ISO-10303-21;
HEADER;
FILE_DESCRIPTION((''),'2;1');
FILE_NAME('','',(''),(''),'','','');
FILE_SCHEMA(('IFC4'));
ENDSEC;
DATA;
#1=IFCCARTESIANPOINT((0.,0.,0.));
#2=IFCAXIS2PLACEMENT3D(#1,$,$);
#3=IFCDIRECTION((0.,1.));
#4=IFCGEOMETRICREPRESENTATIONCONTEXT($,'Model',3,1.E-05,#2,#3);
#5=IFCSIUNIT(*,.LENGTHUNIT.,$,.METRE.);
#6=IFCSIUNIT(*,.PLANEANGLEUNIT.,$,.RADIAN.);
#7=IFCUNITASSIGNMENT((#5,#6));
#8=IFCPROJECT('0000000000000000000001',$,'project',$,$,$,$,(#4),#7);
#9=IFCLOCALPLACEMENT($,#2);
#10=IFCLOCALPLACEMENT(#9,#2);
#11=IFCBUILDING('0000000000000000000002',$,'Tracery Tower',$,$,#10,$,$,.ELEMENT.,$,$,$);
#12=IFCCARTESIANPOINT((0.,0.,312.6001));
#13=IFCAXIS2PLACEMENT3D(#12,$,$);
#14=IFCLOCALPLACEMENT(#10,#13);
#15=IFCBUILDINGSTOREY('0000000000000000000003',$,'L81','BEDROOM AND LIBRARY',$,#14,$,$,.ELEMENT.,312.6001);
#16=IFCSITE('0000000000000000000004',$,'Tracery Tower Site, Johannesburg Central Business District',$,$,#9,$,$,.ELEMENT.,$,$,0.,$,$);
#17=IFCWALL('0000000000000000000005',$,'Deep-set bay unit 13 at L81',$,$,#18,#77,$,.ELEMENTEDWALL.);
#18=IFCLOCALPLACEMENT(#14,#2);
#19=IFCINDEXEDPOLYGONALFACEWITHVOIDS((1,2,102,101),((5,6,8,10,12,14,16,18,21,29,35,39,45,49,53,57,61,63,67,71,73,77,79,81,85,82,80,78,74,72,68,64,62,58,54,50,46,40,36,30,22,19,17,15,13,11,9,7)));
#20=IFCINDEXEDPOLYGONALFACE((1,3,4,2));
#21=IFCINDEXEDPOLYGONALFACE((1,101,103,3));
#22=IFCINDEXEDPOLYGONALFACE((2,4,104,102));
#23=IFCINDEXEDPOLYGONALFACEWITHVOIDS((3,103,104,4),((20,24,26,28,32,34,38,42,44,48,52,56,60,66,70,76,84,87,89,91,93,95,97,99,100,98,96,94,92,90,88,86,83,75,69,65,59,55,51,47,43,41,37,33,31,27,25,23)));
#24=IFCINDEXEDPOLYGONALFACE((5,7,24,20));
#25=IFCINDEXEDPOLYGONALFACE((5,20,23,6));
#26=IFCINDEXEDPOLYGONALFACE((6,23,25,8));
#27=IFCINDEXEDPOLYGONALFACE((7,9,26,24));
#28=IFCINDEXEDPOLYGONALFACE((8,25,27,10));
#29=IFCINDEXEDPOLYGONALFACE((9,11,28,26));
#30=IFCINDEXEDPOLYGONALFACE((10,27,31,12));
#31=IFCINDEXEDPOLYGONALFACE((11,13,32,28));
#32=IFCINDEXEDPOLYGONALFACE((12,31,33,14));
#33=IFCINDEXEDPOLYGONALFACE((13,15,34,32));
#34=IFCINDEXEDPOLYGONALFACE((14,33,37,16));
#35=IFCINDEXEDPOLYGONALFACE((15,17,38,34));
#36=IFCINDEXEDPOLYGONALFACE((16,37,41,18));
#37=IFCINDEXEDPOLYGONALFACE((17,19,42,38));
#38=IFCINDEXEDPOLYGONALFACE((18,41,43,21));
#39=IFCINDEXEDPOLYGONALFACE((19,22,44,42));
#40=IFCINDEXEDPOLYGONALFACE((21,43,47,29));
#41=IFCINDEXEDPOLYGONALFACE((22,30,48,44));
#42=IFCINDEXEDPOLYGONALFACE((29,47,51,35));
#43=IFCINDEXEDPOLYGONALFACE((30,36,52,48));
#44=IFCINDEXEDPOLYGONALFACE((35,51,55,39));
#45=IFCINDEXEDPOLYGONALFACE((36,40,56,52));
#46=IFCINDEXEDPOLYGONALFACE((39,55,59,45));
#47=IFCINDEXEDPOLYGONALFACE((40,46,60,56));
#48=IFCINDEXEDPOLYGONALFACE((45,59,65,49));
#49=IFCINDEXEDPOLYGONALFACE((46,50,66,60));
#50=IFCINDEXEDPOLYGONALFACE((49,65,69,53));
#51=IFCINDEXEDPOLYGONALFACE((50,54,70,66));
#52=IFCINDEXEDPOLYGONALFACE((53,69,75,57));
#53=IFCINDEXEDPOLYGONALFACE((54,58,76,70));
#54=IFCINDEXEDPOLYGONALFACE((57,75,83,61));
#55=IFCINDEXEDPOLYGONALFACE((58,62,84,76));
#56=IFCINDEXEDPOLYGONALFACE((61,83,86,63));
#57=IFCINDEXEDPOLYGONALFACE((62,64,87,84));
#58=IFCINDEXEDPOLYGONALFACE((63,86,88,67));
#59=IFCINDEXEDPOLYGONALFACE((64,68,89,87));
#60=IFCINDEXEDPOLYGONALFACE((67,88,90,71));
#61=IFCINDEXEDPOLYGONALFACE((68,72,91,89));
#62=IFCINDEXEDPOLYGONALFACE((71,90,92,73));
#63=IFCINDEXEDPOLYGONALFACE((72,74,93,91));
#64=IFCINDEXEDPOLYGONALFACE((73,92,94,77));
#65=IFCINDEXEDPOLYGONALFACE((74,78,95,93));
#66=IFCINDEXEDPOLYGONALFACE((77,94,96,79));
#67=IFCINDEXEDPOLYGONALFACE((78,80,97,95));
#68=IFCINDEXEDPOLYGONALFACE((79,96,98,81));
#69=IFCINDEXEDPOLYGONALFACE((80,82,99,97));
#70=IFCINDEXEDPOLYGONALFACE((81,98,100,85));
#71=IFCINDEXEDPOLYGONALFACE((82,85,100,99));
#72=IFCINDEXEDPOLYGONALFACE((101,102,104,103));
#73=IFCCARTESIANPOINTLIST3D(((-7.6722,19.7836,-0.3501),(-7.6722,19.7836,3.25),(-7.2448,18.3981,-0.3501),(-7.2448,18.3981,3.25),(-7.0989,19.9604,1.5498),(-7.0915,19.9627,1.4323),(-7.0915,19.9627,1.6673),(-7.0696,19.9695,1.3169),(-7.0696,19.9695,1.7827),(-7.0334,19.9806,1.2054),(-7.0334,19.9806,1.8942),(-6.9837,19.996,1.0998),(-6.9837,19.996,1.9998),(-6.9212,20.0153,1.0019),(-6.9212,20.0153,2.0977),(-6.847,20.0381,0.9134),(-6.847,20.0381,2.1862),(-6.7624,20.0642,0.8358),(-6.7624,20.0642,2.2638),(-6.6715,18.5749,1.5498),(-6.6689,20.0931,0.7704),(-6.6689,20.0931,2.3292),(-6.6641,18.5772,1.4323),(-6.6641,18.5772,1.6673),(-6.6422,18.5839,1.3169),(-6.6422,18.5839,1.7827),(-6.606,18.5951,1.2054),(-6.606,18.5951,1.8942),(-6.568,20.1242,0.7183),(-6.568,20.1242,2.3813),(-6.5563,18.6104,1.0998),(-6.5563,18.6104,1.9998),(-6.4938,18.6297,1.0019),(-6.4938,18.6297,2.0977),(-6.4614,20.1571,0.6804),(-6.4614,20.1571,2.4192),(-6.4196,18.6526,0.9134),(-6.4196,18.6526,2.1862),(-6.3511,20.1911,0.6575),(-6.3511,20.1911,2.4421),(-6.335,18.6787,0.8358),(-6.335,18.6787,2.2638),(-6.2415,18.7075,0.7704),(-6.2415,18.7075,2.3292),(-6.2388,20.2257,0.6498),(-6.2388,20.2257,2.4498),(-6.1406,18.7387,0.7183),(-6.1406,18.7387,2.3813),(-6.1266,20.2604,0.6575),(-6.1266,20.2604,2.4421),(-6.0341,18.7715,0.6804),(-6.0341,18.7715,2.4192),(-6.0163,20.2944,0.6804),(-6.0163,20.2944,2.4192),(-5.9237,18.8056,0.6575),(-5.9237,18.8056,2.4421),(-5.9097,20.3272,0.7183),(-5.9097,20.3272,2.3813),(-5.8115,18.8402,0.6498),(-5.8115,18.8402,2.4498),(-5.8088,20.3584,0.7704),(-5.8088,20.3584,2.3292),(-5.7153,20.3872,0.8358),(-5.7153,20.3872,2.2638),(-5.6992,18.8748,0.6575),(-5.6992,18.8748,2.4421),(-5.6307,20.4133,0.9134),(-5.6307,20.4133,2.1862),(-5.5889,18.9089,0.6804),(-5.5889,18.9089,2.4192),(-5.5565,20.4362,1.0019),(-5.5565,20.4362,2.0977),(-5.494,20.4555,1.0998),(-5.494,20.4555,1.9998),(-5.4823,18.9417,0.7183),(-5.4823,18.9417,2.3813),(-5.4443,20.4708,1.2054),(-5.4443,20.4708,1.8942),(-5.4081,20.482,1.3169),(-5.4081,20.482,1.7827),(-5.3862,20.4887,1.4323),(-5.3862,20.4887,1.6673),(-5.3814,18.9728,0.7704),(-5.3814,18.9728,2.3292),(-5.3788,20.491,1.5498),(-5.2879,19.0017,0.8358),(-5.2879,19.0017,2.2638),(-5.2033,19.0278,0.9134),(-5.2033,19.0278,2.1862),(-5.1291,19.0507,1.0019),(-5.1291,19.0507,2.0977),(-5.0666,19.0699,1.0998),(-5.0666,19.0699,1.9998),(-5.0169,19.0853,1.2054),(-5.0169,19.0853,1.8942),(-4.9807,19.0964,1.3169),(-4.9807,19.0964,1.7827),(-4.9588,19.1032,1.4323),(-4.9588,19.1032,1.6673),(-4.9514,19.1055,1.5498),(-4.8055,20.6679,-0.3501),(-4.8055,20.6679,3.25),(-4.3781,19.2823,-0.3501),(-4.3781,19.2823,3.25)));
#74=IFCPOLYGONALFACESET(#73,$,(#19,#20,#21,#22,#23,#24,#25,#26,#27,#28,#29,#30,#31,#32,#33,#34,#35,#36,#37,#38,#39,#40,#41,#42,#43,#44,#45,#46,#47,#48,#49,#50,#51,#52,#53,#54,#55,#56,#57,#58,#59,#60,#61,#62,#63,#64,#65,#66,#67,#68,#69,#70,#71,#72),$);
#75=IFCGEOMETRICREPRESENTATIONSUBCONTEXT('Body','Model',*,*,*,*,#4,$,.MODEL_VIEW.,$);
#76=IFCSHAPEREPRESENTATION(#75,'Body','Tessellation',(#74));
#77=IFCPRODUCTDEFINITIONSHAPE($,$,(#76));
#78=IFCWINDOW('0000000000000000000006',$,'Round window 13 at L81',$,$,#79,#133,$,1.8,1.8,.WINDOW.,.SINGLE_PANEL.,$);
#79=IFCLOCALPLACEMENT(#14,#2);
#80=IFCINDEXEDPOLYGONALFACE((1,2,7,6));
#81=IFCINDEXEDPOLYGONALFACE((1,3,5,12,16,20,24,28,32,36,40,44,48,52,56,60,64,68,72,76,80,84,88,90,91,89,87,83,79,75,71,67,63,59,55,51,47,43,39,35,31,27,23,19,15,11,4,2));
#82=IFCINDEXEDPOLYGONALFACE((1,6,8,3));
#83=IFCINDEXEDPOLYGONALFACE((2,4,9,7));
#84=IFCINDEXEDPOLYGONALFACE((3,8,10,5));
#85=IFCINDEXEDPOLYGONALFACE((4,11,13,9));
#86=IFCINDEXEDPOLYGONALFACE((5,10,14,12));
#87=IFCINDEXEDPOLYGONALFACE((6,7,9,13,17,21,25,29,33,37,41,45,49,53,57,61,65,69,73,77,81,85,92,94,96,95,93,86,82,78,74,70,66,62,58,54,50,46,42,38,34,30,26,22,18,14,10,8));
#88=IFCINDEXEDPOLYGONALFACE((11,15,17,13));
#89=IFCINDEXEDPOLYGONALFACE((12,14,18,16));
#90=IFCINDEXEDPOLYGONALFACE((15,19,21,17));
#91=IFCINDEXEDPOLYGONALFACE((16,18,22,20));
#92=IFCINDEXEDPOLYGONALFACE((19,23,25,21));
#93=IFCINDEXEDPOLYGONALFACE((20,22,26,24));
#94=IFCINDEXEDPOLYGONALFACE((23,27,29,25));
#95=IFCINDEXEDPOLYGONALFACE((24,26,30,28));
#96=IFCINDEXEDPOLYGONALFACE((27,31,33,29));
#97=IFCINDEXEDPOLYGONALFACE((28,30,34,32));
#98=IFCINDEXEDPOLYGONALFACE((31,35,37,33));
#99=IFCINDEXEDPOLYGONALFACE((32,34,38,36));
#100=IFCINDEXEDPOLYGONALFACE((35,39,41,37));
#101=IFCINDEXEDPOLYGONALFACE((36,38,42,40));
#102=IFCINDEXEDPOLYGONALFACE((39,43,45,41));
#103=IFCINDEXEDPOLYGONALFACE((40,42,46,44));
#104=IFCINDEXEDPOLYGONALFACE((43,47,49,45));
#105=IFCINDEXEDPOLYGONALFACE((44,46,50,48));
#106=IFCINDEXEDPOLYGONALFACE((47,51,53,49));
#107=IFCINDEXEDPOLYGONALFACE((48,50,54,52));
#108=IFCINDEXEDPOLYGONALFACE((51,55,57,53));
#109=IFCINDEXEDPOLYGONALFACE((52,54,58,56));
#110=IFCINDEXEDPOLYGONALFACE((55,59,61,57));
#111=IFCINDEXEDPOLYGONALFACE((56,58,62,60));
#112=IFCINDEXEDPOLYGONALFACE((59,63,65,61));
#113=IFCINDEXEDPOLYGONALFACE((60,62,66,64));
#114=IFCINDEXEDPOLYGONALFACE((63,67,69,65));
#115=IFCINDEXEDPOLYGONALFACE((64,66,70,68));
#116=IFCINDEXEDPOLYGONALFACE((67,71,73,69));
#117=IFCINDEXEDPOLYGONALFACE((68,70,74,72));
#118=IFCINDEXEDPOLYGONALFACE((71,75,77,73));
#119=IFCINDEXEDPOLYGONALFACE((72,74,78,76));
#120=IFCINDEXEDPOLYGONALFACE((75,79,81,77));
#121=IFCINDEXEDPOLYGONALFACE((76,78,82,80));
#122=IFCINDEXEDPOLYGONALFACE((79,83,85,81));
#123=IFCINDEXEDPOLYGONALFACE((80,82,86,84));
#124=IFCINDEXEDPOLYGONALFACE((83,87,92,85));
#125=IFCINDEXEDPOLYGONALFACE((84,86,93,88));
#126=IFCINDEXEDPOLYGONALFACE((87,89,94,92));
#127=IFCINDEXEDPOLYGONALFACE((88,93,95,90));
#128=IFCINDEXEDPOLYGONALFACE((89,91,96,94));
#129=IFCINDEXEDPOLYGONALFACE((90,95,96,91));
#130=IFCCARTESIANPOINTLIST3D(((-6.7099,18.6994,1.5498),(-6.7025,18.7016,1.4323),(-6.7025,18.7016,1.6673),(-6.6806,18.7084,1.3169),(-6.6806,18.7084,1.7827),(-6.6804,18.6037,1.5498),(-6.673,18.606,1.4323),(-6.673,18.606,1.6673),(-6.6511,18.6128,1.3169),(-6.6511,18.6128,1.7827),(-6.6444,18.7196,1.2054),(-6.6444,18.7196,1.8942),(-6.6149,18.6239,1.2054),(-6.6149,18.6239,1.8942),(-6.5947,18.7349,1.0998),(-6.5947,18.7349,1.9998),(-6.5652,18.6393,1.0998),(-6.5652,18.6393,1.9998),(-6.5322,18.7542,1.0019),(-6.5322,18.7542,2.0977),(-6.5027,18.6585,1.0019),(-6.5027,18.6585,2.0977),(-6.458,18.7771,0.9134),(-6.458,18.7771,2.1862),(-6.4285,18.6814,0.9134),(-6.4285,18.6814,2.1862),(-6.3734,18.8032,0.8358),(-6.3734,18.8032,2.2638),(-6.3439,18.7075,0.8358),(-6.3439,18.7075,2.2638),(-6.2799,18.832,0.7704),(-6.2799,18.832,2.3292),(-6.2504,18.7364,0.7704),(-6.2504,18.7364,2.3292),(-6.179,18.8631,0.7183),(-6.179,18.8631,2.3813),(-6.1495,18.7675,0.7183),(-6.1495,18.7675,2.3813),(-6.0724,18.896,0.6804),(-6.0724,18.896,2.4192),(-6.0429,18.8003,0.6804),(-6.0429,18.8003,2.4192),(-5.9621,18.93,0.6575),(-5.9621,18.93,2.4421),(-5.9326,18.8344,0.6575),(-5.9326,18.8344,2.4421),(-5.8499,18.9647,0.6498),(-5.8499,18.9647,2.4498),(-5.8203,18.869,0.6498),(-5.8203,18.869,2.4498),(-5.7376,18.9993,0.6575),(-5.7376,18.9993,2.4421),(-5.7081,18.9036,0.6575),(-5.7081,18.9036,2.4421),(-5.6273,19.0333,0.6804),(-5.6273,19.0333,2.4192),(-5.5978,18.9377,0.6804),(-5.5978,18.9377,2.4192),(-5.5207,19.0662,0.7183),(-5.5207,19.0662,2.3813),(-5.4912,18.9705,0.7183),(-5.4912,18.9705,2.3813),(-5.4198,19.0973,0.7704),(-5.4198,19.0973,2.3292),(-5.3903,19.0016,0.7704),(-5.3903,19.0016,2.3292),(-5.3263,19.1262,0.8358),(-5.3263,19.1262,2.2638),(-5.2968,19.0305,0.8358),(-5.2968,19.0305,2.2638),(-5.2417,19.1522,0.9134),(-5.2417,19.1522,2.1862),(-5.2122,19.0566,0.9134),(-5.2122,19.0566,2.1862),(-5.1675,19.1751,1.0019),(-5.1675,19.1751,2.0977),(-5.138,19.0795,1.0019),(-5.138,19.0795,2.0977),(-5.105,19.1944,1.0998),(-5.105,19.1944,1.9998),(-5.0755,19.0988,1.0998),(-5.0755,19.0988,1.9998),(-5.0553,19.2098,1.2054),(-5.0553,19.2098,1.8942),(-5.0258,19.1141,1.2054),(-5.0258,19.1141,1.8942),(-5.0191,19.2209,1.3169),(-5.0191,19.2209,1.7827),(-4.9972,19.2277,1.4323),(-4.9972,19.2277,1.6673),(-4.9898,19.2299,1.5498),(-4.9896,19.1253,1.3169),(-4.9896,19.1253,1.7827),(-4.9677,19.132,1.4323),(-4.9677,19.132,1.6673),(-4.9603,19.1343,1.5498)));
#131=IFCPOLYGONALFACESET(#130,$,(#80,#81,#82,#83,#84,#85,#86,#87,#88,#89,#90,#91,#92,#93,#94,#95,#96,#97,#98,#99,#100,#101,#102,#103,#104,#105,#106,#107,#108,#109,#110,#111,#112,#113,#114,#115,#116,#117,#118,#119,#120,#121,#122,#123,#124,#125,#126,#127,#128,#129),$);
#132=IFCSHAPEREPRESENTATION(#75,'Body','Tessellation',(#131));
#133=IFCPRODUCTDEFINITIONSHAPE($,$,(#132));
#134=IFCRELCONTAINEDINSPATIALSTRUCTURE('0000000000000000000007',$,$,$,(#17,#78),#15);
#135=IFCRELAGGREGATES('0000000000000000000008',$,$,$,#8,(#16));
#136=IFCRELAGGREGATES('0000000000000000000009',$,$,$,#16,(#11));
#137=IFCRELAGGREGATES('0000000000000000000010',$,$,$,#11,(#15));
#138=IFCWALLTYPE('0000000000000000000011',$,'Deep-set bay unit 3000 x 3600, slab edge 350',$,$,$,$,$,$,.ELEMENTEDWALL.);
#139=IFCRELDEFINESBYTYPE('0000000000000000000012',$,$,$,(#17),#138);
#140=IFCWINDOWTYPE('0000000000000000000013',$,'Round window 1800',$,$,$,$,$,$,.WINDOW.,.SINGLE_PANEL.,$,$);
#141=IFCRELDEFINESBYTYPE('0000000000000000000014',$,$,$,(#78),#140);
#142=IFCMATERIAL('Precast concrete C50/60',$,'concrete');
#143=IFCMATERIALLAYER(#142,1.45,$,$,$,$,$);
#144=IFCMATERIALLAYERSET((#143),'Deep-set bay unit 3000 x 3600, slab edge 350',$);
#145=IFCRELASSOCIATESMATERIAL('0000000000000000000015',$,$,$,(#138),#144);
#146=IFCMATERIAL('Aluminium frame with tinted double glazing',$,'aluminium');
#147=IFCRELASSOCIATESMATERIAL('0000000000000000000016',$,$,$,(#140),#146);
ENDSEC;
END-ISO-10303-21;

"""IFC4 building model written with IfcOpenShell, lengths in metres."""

from ifc_helpers import new_model, si_unit, direction, frame, frame_2d, origin, origin_2d, place, context, subcontext, project, spatial, rectangle, circle, extrude, material, layer, layer_set, type_object, element, fill, save


model = new_model("IFC4")

# Units and contexts
model_context = context("Model", 3, precision=1e-05, world=origin(), true_north=direction((0.0, 1.0)))
body_context = subcontext(model_context, "Body", "Model", "MODEL_VIEW")
ifc_project = project(units=[si_unit("LENGTHUNIT", "METRE"), si_unit("PLANEANGLEUNIT", "RADIAN")], contexts=[model_context])

# Site, building, storey
site_placement = place(None, origin())
site = spatial("IfcSite", under=ifc_project, at=site_placement, Name="Tracery Tower Site, Johannesburg Central Business District", CompositionType="ELEMENT", RefElevation=0.0)
building_placement = place(site_placement, origin())
building = spatial("IfcBuilding", under=site, at=building_placement, Name="Tracery Tower", CompositionType="ELEMENT")
storey_placement = place(building_placement, frame((0.0, 0.0, 312.6001)))
storey = spatial("IfcBuildingStorey", under=building, at=storey_placement, Name="L81", Description="BEDROOM AND LIBRARY", CompositionType="ELEMENT", Elevation=312.6001)

# Wall, opening, window
ifc_material_1 = material(Name="Precast concrete C50/60", Category="concrete")
ifc_layer_1 = layer(ifc_material_1, 1.45)
ifc_layer_set_1 = layer_set([ifc_layer_1], Name="Deep-set bay unit 3000 x 3600, slab edge 350")
wall_type_1 = type_object("IfcWallType", Name="Deep-set bay unit 3000 x 3600, slab edge 350", PredefinedType="ELEMENTEDWALL", material=ifc_layer_set_1)
wall_1_placement = place(storey_placement, frame((-4.5918, 19.9751, -0.3501), z_axis=(0.0, 0.0, 1.0), x_axis=(-0.955571, -0.294761, 0.0)))
wall_1 = element("IfcWall", 1, at=wall_1_placement, inside=storey, type_object=wall_type_1, Name="Deep-set bay unit 13 at L81", PredefinedType="ELEMENTEDWALL", context=body_context, shape_type="SweptSolid", body=[
    extrude(rectangle(XDim=3.0, YDim=1.45, at=frame_2d((1.5, 0.0))), origin(), (0.0, 0.0, 1.0), 3.6001),
])
opening_1_placement = place(wall_1_placement, frame((1.5, 0.0, 1.8999)))
opening_1 = element("IfcOpeningElement", 2, at=opening_1_placement, cuts=wall_1, PredefinedType="OPENING", context=body_context, shape_type="SweptSolid", body=[
    extrude(circle(Radius=0.9, at=origin_2d()), frame((0.0, 0.7349, 0.0), z_axis=(0.0, -1.0, 0.0), x_axis=(1.0, 0.0, 0.0)), (0.0, 0.0, 1.0), 1.47),
])
ifc_material_2 = material(Name="Aluminium frame with tinted double glazing", Category="aluminium")
window_type = type_object("IfcWindowType", Name="Round window 1800", PartitioningType="SINGLE_PANEL", PredefinedType="WINDOW", material=ifc_material_2)
window_1_placement = place(opening_1_placement, origin())
window_1 = element("IfcWindow", 3, at=window_1_placement, inside=storey, type_object=window_type, Name="Round window 13 at L81", OverallHeight=1.8, OverallWidth=1.8, PartitioningType="SINGLE_PANEL", PredefinedType="WINDOW", context=body_context, shape_type="SweptSolid", body=[
    extrude(circle(Radius=0.9, at=origin_2d()), frame((0.0, 0.6948, 0.0), z_axis=(0.0, -1.0, 0.0), x_axis=(1.0, 0.0, 0.0)), (0.0, 0.0, 1.0), 0.1001),
])
fill(opening_1, window_1)

save(model, "model.ifc")
